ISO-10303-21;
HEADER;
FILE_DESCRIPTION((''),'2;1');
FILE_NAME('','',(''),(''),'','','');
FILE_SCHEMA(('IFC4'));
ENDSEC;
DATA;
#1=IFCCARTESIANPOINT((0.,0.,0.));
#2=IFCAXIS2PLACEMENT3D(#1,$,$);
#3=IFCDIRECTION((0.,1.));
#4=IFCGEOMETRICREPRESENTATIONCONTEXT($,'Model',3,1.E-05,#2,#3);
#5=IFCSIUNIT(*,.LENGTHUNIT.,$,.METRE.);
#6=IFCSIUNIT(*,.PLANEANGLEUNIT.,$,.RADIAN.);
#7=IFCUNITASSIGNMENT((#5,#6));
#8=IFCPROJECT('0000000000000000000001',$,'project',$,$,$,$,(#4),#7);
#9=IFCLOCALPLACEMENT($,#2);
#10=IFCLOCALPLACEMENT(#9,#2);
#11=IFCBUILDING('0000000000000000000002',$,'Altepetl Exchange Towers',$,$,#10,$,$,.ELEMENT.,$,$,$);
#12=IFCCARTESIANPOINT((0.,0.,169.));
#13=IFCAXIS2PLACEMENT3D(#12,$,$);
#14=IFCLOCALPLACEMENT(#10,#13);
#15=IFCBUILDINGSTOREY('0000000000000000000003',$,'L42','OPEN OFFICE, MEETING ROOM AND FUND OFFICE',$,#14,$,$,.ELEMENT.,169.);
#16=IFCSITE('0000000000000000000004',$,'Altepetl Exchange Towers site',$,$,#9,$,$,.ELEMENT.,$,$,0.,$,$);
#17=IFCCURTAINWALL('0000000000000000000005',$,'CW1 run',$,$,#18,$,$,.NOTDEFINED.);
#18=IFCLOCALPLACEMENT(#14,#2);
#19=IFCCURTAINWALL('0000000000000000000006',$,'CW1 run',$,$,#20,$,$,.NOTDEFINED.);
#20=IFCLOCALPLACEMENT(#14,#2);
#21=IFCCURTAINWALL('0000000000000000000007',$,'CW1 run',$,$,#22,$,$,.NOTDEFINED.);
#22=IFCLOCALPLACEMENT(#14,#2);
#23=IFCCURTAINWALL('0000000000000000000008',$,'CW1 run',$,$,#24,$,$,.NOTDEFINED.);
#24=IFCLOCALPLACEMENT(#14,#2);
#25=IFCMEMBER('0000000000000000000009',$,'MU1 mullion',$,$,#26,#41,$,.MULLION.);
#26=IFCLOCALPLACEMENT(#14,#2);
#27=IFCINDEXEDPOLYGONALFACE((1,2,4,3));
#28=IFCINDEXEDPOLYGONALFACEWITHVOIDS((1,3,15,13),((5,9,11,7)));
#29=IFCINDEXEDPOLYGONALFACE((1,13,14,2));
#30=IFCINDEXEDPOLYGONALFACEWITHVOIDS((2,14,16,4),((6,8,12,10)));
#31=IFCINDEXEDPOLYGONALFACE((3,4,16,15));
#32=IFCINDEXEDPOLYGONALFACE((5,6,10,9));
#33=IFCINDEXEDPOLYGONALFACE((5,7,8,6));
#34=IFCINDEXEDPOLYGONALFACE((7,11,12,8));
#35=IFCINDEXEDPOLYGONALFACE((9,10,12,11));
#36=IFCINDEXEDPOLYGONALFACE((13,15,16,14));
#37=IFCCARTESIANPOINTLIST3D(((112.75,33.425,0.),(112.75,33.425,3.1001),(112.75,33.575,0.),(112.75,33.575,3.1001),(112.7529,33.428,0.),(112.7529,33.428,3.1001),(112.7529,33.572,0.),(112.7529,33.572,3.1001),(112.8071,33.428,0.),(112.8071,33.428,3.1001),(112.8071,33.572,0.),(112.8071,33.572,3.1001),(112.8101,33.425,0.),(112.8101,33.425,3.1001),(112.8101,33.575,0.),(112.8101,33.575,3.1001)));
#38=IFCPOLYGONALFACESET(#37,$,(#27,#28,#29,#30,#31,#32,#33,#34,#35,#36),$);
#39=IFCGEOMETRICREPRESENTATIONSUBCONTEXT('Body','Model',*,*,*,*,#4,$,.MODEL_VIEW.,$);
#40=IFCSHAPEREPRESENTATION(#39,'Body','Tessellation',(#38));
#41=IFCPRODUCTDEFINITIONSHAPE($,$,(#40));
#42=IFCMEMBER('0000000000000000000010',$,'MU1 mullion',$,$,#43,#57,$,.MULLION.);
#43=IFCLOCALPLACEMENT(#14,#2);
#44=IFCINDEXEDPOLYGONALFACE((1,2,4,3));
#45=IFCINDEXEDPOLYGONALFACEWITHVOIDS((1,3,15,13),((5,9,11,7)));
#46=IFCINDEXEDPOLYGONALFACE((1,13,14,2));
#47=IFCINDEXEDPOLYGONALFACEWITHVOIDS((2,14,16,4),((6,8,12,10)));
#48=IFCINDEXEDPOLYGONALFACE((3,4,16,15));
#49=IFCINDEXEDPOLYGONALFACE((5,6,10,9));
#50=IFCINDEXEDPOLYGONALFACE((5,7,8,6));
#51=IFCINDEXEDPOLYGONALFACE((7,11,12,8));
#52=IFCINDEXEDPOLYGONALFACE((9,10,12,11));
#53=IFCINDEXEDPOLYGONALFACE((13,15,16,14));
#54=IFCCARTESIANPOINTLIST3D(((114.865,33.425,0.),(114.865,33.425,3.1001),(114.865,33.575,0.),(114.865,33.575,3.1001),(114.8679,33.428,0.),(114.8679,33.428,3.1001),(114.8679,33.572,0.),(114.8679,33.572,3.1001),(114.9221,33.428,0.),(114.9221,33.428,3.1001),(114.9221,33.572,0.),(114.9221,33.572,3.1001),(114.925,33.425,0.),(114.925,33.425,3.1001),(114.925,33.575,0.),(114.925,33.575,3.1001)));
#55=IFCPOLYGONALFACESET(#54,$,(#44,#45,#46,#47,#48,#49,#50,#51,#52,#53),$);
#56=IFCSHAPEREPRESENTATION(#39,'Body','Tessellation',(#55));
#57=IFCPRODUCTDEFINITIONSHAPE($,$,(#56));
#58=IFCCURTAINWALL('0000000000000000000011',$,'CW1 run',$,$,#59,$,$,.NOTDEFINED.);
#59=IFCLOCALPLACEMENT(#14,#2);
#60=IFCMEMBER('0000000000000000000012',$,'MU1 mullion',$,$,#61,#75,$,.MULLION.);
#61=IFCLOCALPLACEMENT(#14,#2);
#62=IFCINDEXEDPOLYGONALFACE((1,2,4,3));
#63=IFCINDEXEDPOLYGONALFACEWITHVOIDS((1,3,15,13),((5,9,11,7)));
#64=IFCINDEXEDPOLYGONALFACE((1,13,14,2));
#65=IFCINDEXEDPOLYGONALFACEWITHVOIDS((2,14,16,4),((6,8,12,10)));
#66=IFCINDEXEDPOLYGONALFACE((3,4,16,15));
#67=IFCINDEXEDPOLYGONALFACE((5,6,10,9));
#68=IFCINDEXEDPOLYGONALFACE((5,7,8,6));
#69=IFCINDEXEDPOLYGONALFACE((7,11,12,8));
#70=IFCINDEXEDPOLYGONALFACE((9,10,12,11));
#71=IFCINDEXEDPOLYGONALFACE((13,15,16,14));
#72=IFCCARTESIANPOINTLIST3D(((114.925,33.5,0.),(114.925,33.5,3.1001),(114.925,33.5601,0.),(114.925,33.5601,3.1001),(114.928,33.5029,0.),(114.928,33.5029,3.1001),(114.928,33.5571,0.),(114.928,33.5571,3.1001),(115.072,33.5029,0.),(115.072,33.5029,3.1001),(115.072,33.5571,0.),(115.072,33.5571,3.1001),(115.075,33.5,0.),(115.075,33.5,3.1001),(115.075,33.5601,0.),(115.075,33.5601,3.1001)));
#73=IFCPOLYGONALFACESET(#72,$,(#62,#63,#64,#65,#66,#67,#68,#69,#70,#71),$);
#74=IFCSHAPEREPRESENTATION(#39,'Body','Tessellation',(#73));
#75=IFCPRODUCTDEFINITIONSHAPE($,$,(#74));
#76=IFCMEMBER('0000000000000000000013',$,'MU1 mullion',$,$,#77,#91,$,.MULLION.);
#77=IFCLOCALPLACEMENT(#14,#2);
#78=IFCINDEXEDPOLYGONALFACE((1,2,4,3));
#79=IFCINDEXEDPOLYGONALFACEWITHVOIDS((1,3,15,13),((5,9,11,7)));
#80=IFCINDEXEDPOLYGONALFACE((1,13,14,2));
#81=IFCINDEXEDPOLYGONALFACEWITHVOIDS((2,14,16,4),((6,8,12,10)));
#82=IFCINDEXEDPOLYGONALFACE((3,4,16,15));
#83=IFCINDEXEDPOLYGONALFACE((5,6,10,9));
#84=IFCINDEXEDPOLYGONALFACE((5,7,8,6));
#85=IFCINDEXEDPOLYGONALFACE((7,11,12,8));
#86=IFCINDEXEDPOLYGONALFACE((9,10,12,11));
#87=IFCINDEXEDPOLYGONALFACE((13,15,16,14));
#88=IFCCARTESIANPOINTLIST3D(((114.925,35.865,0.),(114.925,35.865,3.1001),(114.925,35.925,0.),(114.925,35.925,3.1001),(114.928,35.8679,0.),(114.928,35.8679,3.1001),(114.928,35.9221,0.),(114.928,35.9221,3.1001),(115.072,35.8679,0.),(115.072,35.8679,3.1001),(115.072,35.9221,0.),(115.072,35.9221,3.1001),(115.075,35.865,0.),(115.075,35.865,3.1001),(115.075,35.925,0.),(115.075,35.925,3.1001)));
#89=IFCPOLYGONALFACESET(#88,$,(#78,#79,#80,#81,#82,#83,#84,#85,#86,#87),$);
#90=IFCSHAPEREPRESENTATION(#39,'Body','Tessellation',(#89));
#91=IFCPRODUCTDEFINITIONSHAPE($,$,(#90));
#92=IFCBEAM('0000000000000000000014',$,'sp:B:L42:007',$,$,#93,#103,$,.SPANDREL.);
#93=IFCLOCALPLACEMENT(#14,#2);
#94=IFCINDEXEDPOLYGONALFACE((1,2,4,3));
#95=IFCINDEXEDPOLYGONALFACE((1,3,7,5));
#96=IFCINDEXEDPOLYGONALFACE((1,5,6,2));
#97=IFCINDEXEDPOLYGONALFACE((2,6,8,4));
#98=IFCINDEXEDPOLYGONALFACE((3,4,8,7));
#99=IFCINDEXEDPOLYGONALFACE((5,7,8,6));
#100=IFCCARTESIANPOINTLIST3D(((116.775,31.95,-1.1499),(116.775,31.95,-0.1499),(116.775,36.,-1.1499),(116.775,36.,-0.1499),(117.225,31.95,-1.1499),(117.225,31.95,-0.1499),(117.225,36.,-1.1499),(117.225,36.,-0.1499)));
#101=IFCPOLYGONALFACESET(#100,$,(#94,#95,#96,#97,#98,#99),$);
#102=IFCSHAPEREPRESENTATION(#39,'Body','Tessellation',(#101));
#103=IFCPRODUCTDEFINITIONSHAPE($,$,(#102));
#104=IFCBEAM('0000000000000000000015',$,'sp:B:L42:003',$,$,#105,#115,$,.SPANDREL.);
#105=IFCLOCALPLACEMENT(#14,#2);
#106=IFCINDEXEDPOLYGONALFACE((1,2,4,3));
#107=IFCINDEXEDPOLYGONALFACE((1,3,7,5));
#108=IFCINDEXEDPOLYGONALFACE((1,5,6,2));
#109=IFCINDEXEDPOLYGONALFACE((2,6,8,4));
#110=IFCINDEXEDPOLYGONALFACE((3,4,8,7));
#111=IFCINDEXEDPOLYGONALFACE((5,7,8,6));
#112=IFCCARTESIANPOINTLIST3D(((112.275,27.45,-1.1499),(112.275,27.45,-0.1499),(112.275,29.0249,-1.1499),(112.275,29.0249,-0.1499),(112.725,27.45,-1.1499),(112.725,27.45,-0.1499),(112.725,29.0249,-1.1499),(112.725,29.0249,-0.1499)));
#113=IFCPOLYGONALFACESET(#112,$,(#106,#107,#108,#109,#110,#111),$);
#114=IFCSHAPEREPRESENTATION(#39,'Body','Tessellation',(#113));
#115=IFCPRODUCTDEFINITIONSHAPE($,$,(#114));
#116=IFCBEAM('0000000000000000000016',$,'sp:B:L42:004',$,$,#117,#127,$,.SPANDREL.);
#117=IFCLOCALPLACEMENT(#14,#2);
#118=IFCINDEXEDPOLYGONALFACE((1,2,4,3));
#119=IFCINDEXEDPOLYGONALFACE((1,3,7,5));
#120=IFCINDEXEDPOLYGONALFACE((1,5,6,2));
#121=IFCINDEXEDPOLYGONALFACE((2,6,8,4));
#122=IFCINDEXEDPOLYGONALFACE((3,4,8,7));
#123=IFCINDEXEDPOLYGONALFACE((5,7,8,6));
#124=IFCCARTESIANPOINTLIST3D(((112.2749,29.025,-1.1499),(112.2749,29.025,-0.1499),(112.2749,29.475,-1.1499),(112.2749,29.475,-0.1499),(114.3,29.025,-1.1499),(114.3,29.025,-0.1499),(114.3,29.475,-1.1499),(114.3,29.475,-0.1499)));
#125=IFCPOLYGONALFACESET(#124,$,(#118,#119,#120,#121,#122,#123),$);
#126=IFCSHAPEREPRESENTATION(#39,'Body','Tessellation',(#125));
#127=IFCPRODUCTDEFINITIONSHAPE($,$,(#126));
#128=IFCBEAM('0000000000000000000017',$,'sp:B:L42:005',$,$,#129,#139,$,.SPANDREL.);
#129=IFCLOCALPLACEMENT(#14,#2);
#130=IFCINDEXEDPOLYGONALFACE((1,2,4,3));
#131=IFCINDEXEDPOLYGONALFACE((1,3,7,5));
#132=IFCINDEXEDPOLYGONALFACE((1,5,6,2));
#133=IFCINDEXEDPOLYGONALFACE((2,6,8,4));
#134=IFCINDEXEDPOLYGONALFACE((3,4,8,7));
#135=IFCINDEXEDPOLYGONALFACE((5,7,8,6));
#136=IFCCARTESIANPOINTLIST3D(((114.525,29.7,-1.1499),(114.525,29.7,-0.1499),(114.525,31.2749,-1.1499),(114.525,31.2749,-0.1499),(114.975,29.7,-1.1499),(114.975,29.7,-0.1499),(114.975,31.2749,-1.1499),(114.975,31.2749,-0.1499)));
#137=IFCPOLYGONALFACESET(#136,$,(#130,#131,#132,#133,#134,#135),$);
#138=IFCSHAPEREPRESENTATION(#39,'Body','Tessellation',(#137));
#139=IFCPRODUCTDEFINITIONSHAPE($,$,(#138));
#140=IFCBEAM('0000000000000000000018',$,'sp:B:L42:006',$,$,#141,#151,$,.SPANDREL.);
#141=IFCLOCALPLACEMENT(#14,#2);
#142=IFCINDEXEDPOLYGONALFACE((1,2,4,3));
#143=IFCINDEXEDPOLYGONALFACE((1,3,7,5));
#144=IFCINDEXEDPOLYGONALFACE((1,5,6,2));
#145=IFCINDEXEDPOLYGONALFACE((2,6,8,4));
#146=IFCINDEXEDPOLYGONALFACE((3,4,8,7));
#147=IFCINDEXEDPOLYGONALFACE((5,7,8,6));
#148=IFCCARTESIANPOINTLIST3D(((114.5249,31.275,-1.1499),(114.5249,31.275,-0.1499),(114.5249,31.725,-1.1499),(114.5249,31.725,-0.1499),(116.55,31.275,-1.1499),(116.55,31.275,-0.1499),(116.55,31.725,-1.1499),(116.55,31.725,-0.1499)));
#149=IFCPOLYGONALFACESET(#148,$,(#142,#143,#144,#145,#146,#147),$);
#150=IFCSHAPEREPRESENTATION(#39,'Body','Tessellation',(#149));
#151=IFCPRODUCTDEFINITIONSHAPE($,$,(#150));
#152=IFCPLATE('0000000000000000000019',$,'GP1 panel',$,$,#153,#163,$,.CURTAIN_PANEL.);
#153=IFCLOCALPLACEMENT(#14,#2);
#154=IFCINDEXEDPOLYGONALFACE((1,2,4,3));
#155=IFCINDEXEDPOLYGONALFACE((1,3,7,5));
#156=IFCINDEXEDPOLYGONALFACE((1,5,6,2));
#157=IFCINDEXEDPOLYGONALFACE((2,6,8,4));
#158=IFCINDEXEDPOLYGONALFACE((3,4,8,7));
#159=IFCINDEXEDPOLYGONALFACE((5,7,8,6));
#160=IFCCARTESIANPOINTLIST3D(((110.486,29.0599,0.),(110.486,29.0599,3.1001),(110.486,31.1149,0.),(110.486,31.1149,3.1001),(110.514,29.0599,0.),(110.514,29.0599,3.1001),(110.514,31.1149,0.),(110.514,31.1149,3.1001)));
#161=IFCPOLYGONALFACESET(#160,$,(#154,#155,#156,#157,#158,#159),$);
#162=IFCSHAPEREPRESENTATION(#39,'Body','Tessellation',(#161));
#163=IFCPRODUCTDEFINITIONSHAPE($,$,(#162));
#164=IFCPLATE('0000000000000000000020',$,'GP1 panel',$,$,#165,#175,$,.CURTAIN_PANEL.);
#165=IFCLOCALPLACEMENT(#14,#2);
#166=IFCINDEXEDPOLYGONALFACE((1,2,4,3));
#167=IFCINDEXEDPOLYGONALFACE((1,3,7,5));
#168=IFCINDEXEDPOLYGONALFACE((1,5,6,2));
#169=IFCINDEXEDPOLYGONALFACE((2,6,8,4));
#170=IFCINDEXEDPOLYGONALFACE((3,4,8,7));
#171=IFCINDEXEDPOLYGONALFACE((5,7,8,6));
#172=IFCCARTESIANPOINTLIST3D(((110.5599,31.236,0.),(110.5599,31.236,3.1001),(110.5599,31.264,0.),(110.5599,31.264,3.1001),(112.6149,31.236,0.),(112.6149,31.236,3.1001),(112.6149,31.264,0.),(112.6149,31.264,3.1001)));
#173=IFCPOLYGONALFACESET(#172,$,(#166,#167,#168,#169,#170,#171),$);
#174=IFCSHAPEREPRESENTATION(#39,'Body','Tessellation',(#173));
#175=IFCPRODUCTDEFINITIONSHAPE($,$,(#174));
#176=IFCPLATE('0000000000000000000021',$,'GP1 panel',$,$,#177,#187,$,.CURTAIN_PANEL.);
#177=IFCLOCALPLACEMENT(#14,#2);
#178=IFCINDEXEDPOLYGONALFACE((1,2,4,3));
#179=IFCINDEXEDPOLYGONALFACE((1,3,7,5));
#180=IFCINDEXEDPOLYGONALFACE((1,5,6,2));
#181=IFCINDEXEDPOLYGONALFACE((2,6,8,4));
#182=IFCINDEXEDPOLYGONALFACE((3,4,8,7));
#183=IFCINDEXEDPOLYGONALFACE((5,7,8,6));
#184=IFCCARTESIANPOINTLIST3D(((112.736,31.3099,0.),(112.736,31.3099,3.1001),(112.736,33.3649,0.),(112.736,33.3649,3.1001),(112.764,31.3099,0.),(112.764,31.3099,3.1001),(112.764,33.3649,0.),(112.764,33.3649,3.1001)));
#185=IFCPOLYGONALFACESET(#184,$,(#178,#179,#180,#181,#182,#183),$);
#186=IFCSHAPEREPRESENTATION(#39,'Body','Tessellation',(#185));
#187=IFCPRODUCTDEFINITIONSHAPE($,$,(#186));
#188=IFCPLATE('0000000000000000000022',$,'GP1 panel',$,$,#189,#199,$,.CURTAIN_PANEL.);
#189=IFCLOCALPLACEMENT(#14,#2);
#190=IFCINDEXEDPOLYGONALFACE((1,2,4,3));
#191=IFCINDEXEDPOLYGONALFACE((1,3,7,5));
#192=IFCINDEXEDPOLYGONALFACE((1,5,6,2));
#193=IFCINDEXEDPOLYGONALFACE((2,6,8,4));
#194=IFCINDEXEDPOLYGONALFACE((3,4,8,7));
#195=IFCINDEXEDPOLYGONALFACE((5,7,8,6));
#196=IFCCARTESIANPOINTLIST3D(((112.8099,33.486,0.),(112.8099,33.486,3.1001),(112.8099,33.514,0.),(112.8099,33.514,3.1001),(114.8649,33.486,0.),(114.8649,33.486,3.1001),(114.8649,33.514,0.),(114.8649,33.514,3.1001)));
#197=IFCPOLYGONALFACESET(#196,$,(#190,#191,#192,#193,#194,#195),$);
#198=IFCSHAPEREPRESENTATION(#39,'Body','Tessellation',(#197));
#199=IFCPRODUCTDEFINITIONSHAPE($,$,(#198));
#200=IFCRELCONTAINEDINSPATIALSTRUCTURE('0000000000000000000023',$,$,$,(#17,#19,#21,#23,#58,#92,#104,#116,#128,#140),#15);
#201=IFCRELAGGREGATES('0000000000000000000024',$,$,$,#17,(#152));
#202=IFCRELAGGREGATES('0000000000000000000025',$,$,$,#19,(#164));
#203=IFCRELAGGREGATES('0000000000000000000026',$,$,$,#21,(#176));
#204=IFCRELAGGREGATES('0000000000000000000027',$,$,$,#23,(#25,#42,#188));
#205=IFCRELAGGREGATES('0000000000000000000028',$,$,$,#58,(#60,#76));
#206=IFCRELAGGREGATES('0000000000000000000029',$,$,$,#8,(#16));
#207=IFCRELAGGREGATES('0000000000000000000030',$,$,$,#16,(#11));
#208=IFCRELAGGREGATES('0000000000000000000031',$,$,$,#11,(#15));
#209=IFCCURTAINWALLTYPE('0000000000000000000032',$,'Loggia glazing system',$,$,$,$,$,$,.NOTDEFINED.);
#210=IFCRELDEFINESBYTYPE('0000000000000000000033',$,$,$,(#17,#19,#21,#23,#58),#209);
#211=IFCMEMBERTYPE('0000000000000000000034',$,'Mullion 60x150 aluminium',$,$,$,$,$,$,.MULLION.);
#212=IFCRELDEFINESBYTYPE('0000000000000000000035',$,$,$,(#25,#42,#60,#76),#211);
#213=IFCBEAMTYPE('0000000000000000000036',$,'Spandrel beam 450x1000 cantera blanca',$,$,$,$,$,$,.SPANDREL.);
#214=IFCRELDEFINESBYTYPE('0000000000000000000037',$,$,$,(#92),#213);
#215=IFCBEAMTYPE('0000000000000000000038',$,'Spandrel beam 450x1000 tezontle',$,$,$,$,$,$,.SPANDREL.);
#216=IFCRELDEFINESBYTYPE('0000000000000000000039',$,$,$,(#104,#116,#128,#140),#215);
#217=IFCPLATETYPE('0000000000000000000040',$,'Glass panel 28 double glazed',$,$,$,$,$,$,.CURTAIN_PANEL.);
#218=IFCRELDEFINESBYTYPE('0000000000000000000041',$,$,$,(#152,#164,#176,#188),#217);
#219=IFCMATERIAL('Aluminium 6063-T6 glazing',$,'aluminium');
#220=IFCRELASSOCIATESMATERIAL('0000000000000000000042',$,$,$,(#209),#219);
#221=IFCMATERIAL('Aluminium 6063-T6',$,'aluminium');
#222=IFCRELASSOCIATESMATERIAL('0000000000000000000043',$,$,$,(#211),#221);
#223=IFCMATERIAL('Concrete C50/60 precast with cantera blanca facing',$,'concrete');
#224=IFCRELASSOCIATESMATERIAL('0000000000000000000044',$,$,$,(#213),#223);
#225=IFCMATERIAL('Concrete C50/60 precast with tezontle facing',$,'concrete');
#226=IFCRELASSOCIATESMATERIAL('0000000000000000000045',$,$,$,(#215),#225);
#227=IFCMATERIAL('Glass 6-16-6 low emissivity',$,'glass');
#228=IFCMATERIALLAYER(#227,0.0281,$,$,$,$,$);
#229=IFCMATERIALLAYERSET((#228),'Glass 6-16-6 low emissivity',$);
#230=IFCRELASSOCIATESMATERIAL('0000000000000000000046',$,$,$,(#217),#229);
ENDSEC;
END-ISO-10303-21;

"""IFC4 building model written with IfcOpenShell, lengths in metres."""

from ifc_helpers import new_model, si_unit, direction, frame, origin, origin_2d, place, context, subcontext, project, spatial, rectangle, hollow_rectangle, extrude, material, layer, layer_set, material_profile, profile_set, type_object, element, aggregate, save


model = new_model("IFC4")

# Units and contexts
model_context = context("Model", 3, precision=1e-05, world=origin(), true_north=direction((0.0, 1.0)))
body_context = subcontext(model_context, "Body", "Model", "MODEL_VIEW")
ifc_project = project(units=[si_unit("LENGTHUNIT", "METRE"), si_unit("PLANEANGLEUNIT", "RADIAN")], contexts=[model_context])

# Site, building, storey
site_placement = place(None, origin())
site = spatial("IfcSite", under=ifc_project, at=site_placement, Name="Altepetl Exchange Towers site", CompositionType="ELEMENT", RefElevation=0.0)
building_placement = place(site_placement, origin())
building = spatial("IfcBuilding", under=site, at=building_placement, Name="Altepetl Exchange Towers", CompositionType="ELEMENT")
storey_placement = place(building_placement, frame((0.0, 0.0, 169.0)))
storey = spatial("IfcBuildingStorey", under=building, at=storey_placement, Name="L42", Description="OPEN OFFICE, MEETING ROOM AND FUND OFFICE", CompositionType="ELEMENT", Elevation=169.0)

# Shared definitions
ifc_material_1 = material(Name="Aluminium 6063-T6 glazing", Category="aluminium")
curtain_wall_type = type_object("IfcCurtainWallType", Name="Loggia glazing system", PredefinedType="NOTDEFINED", material=ifc_material_1)
ifc_material_2 = material(Name="Aluminium 6063-T6", Category="aluminium")
ifc_material_profile_1 = material_profile(ifc_material_2, hollow_rectangle(XDim=0.0601, YDim=0.1499, WallThickness=0.0029, at=origin_2d()), Name="Mullion 60x150 aluminium")
ifc_profile_set_1 = profile_set([ifc_material_profile_1], Name="Aluminium 6063-T6")
member_type = type_object("IfcMemberType", Name="Mullion 60x150 aluminium", PredefinedType="MULLION", material=ifc_profile_set_1)

# Curtain walls, members
curtain_wall_1_placement = place(storey_placement, origin())
curtain_wall_1 = element("IfcCurtainWall", 1, at=curtain_wall_1_placement, inside=storey, type_object=curtain_wall_type, Name="CW1 run", PredefinedType="NOTDEFINED")
curtain_wall_2_placement = place(storey_placement, origin())
curtain_wall_2 = element("IfcCurtainWall", 2, at=curtain_wall_2_placement, inside=storey, type_object=curtain_wall_type, Name="CW1 run", PredefinedType="NOTDEFINED")
curtain_wall_3_placement = place(storey_placement, origin())
curtain_wall_3 = element("IfcCurtainWall", 3, at=curtain_wall_3_placement, inside=storey, type_object=curtain_wall_type, Name="CW1 run", PredefinedType="NOTDEFINED")
curtain_wall_4_placement = place(storey_placement, origin())
curtain_wall_4 = element("IfcCurtainWall", 4, at=curtain_wall_4_placement, inside=storey, type_object=curtain_wall_type, Name="CW1 run", PredefinedType="NOTDEFINED")
member_1_placement = place(storey_placement, frame((112.78, 33.5, 0.0)))
member_1 = element("IfcMember", 5, at=member_1_placement, type_object=member_type, Name="MU1 mullion", PredefinedType="MULLION", context=body_context, shape_type="SweptSolid", body=[
    extrude(hollow_rectangle(XDim=0.0601, YDim=0.1499, WallThickness=0.0029, at=origin_2d()), origin(), (0.0, 0.0, 1.0), 3.1001),
])
member_2_placement = place(storey_placement, frame((114.895, 33.5, 0.0)))
member_2 = element("IfcMember", 6, at=member_2_placement, type_object=member_type, Name="MU1 mullion", PredefinedType="MULLION", context=body_context, shape_type="SweptSolid", body=[
    extrude(hollow_rectangle(XDim=0.0601, YDim=0.1499, WallThickness=0.0029, at=origin_2d()), origin(), (0.0, 0.0, 1.0), 3.1001),
])
curtain_wall_5_placement = place(storey_placement, origin())
curtain_wall_5 = element("IfcCurtainWall", 7, at=curtain_wall_5_placement, inside=storey, type_object=curtain_wall_type, Name="CW1 run", PredefinedType="NOTDEFINED")
member_3_placement = place(storey_placement, frame((115.0, 33.53, 0.0), z_axis=(0.0, 0.0, 1.0), x_axis=(0.0, 1.0, 0.0)))
member_3 = element("IfcMember", 8, at=member_3_placement, type_object=member_type, Name="MU1 mullion", PredefinedType="MULLION", context=body_context, shape_type="SweptSolid", body=[
    extrude(hollow_rectangle(XDim=0.0601, YDim=0.1499, WallThickness=0.0029, at=origin_2d()), origin(), (0.0, 0.0, 1.0), 3.1001),
])
member_4_placement = place(storey_placement, frame((115.0, 35.895, 0.0), z_axis=(0.0, 0.0, 1.0), x_axis=(0.0, 1.0, 0.0)))
member_4 = element("IfcMember", 9, at=member_4_placement, type_object=member_type, Name="MU1 mullion", PredefinedType="MULLION", context=body_context, shape_type="SweptSolid", body=[
    extrude(hollow_rectangle(XDim=0.0601, YDim=0.1499, WallThickness=0.0029, at=origin_2d()), origin(), (0.0, 0.0, 1.0), 3.1001),
])

# Beams
ifc_material_3 = material(Name="Concrete C50/60 precast with cantera blanca facing", Category="concrete")
ifc_material_profile_2 = material_profile(ifc_material_3, rectangle(XDim=0.45, YDim=1.0, at=origin_2d()), Name="450 x 1000")
ifc_profile_set_2 = profile_set([ifc_material_profile_2], Name="Concrete C50/60 precast with cantera blanca facing")
beam_type_1 = type_object("IfcBeamType", Name="Spandrel beam 450x1000 cantera blanca", PredefinedType="SPANDREL", material=ifc_profile_set_2)
beam_1_placement = place(storey_placement, frame((117.0, 31.95, -0.6499), z_axis=(0.0, 1.0, 0.0), x_axis=(-1.0, 0.0, 0.0)))
element("IfcBeam", 10, at=beam_1_placement, inside=storey, type_object=beam_type_1, Name="sp:B:L42:007", PredefinedType="SPANDREL", context=body_context, shape_type="SweptSolid", body=[
    extrude(rectangle(XDim=0.45, YDim=1.0, at=origin_2d()), origin(), (0.0, 0.0, 1.0), 4.05),
])
ifc_material_4 = material(Name="Concrete C50/60 precast with tezontle facing", Category="concrete")
ifc_material_profile_3 = material_profile(ifc_material_4, rectangle(XDim=0.45, YDim=1.0, at=origin_2d()), Name="450 x 1000")
ifc_profile_set_3 = profile_set([ifc_material_profile_3], Name="Concrete C50/60 precast with tezontle facing")
beam_type_2 = type_object("IfcBeamType", Name="Spandrel beam 450x1000 tezontle", PredefinedType="SPANDREL", material=ifc_profile_set_3)
beam_2_placement = place(storey_placement, frame((112.5, 27.45, -0.6499), z_axis=(0.0, 1.0, 0.0), x_axis=(-1.0, 0.0, 0.0)))
element("IfcBeam", 11, at=beam_2_placement, inside=storey, type_object=beam_type_2, Name="sp:B:L42:003", PredefinedType="SPANDREL", context=body_context, shape_type="SweptSolid", body=[
    extrude(rectangle(XDim=0.45, YDim=1.0, at=origin_2d()), origin(), (0.0, 0.0, 1.0), 1.575),
])
beam_3_placement = place(storey_placement, frame((112.2749, 29.25, -0.6499), z_axis=(1.0, 0.0, 0.0), x_axis=(0.0, 1.0, 0.0)))
element("IfcBeam", 12, at=beam_3_placement, inside=storey, type_object=beam_type_2, Name="sp:B:L42:004", PredefinedType="SPANDREL", context=body_context, shape_type="SweptSolid", body=[
    extrude(rectangle(XDim=0.45, YDim=1.0, at=origin_2d()), origin(), (0.0, 0.0, 1.0), 2.0251),
])
beam_4_placement = place(storey_placement, frame((114.75, 29.7, -0.6499), z_axis=(0.0, 1.0, 0.0), x_axis=(-1.0, 0.0, 0.0)))
element("IfcBeam", 13, at=beam_4_placement, inside=storey, type_object=beam_type_2, Name="sp:B:L42:005", PredefinedType="SPANDREL", context=body_context, shape_type="SweptSolid", body=[
    extrude(rectangle(XDim=0.45, YDim=1.0, at=origin_2d()), origin(), (0.0, 0.0, 1.0), 1.575),
])
beam_5_placement = place(storey_placement, frame((114.5249, 31.5, -0.6499), z_axis=(1.0, 0.0, 0.0), x_axis=(0.0, 1.0, 0.0)))
element("IfcBeam", 14, at=beam_5_placement, inside=storey, type_object=beam_type_2, Name="sp:B:L42:006", PredefinedType="SPANDREL", context=body_context, shape_type="SweptSolid", body=[
    extrude(rectangle(XDim=0.45, YDim=1.0, at=origin_2d()), origin(), (0.0, 0.0, 1.0), 2.0251),
])

# Plates
ifc_material_5 = material(Name="Glass 6-16-6 low emissivity", Category="glass")
ifc_layer_1 = layer(ifc_material_5, 0.0281)
ifc_layer_set_1 = layer_set([ifc_layer_1], Name="Glass 6-16-6 low emissivity")
plate_type = type_object("IfcPlateType", Name="Glass panel 28 double glazed", PredefinedType="CURTAIN_PANEL", material=ifc_layer_set_1)
plate_1_placement = place(storey_placement, frame((110.5, 30.0874, 0.0), z_axis=(0.0, 0.0, 1.0), x_axis=(0.0, 1.0, 0.0)))
plate_1 = element("IfcPlate", 15, at=plate_1_placement, type_object=plate_type, Name="GP1 panel", PredefinedType="CURTAIN_PANEL", context=body_context, shape_type="SweptSolid", body=[
    extrude(rectangle(XDim=2.0549, YDim=0.0281, at=origin_2d()), origin(), (0.0, 0.0, 1.0), 3.1001),
])
aggregate(curtain_wall_1, [plate_1])
plate_2_placement = place(storey_placement, frame((111.5874, 31.25, 0.0)))
plate_2 = element("IfcPlate", 16, at=plate_2_placement, type_object=plate_type, Name="GP1 panel", PredefinedType="CURTAIN_PANEL", context=body_context, shape_type="SweptSolid", body=[
    extrude(rectangle(XDim=2.0549, YDim=0.0281, at=origin_2d()), origin(), (0.0, 0.0, 1.0), 3.1001),
])
aggregate(curtain_wall_2, [plate_2])
plate_3_placement = place(storey_placement, frame((112.75, 32.3374, 0.0), z_axis=(0.0, 0.0, 1.0), x_axis=(0.0, 1.0, 0.0)))
plate_3 = element("IfcPlate", 17, at=plate_3_placement, type_object=plate_type, Name="GP1 panel", PredefinedType="CURTAIN_PANEL", context=body_context, shape_type="SweptSolid", body=[
    extrude(rectangle(XDim=2.0549, YDim=0.0281, at=origin_2d()), origin(), (0.0, 0.0, 1.0), 3.1001),
])
aggregate(curtain_wall_3, [plate_3])
plate_4_placement = place(storey_placement, frame((113.8374, 33.5, 0.0)))
plate_4 = element("IfcPlate", 18, at=plate_4_placement, type_object=plate_type, Name="GP1 panel", PredefinedType="CURTAIN_PANEL", context=body_context, shape_type="SweptSolid", body=[
    extrude(rectangle(XDim=2.0549, YDim=0.0281, at=origin_2d()), origin(), (0.0, 0.0, 1.0), 3.1001),
])
aggregate(curtain_wall_4, [member_1, member_2, plate_4])
aggregate(curtain_wall_5, [member_3, member_4])

save(model, "model.ifc")
